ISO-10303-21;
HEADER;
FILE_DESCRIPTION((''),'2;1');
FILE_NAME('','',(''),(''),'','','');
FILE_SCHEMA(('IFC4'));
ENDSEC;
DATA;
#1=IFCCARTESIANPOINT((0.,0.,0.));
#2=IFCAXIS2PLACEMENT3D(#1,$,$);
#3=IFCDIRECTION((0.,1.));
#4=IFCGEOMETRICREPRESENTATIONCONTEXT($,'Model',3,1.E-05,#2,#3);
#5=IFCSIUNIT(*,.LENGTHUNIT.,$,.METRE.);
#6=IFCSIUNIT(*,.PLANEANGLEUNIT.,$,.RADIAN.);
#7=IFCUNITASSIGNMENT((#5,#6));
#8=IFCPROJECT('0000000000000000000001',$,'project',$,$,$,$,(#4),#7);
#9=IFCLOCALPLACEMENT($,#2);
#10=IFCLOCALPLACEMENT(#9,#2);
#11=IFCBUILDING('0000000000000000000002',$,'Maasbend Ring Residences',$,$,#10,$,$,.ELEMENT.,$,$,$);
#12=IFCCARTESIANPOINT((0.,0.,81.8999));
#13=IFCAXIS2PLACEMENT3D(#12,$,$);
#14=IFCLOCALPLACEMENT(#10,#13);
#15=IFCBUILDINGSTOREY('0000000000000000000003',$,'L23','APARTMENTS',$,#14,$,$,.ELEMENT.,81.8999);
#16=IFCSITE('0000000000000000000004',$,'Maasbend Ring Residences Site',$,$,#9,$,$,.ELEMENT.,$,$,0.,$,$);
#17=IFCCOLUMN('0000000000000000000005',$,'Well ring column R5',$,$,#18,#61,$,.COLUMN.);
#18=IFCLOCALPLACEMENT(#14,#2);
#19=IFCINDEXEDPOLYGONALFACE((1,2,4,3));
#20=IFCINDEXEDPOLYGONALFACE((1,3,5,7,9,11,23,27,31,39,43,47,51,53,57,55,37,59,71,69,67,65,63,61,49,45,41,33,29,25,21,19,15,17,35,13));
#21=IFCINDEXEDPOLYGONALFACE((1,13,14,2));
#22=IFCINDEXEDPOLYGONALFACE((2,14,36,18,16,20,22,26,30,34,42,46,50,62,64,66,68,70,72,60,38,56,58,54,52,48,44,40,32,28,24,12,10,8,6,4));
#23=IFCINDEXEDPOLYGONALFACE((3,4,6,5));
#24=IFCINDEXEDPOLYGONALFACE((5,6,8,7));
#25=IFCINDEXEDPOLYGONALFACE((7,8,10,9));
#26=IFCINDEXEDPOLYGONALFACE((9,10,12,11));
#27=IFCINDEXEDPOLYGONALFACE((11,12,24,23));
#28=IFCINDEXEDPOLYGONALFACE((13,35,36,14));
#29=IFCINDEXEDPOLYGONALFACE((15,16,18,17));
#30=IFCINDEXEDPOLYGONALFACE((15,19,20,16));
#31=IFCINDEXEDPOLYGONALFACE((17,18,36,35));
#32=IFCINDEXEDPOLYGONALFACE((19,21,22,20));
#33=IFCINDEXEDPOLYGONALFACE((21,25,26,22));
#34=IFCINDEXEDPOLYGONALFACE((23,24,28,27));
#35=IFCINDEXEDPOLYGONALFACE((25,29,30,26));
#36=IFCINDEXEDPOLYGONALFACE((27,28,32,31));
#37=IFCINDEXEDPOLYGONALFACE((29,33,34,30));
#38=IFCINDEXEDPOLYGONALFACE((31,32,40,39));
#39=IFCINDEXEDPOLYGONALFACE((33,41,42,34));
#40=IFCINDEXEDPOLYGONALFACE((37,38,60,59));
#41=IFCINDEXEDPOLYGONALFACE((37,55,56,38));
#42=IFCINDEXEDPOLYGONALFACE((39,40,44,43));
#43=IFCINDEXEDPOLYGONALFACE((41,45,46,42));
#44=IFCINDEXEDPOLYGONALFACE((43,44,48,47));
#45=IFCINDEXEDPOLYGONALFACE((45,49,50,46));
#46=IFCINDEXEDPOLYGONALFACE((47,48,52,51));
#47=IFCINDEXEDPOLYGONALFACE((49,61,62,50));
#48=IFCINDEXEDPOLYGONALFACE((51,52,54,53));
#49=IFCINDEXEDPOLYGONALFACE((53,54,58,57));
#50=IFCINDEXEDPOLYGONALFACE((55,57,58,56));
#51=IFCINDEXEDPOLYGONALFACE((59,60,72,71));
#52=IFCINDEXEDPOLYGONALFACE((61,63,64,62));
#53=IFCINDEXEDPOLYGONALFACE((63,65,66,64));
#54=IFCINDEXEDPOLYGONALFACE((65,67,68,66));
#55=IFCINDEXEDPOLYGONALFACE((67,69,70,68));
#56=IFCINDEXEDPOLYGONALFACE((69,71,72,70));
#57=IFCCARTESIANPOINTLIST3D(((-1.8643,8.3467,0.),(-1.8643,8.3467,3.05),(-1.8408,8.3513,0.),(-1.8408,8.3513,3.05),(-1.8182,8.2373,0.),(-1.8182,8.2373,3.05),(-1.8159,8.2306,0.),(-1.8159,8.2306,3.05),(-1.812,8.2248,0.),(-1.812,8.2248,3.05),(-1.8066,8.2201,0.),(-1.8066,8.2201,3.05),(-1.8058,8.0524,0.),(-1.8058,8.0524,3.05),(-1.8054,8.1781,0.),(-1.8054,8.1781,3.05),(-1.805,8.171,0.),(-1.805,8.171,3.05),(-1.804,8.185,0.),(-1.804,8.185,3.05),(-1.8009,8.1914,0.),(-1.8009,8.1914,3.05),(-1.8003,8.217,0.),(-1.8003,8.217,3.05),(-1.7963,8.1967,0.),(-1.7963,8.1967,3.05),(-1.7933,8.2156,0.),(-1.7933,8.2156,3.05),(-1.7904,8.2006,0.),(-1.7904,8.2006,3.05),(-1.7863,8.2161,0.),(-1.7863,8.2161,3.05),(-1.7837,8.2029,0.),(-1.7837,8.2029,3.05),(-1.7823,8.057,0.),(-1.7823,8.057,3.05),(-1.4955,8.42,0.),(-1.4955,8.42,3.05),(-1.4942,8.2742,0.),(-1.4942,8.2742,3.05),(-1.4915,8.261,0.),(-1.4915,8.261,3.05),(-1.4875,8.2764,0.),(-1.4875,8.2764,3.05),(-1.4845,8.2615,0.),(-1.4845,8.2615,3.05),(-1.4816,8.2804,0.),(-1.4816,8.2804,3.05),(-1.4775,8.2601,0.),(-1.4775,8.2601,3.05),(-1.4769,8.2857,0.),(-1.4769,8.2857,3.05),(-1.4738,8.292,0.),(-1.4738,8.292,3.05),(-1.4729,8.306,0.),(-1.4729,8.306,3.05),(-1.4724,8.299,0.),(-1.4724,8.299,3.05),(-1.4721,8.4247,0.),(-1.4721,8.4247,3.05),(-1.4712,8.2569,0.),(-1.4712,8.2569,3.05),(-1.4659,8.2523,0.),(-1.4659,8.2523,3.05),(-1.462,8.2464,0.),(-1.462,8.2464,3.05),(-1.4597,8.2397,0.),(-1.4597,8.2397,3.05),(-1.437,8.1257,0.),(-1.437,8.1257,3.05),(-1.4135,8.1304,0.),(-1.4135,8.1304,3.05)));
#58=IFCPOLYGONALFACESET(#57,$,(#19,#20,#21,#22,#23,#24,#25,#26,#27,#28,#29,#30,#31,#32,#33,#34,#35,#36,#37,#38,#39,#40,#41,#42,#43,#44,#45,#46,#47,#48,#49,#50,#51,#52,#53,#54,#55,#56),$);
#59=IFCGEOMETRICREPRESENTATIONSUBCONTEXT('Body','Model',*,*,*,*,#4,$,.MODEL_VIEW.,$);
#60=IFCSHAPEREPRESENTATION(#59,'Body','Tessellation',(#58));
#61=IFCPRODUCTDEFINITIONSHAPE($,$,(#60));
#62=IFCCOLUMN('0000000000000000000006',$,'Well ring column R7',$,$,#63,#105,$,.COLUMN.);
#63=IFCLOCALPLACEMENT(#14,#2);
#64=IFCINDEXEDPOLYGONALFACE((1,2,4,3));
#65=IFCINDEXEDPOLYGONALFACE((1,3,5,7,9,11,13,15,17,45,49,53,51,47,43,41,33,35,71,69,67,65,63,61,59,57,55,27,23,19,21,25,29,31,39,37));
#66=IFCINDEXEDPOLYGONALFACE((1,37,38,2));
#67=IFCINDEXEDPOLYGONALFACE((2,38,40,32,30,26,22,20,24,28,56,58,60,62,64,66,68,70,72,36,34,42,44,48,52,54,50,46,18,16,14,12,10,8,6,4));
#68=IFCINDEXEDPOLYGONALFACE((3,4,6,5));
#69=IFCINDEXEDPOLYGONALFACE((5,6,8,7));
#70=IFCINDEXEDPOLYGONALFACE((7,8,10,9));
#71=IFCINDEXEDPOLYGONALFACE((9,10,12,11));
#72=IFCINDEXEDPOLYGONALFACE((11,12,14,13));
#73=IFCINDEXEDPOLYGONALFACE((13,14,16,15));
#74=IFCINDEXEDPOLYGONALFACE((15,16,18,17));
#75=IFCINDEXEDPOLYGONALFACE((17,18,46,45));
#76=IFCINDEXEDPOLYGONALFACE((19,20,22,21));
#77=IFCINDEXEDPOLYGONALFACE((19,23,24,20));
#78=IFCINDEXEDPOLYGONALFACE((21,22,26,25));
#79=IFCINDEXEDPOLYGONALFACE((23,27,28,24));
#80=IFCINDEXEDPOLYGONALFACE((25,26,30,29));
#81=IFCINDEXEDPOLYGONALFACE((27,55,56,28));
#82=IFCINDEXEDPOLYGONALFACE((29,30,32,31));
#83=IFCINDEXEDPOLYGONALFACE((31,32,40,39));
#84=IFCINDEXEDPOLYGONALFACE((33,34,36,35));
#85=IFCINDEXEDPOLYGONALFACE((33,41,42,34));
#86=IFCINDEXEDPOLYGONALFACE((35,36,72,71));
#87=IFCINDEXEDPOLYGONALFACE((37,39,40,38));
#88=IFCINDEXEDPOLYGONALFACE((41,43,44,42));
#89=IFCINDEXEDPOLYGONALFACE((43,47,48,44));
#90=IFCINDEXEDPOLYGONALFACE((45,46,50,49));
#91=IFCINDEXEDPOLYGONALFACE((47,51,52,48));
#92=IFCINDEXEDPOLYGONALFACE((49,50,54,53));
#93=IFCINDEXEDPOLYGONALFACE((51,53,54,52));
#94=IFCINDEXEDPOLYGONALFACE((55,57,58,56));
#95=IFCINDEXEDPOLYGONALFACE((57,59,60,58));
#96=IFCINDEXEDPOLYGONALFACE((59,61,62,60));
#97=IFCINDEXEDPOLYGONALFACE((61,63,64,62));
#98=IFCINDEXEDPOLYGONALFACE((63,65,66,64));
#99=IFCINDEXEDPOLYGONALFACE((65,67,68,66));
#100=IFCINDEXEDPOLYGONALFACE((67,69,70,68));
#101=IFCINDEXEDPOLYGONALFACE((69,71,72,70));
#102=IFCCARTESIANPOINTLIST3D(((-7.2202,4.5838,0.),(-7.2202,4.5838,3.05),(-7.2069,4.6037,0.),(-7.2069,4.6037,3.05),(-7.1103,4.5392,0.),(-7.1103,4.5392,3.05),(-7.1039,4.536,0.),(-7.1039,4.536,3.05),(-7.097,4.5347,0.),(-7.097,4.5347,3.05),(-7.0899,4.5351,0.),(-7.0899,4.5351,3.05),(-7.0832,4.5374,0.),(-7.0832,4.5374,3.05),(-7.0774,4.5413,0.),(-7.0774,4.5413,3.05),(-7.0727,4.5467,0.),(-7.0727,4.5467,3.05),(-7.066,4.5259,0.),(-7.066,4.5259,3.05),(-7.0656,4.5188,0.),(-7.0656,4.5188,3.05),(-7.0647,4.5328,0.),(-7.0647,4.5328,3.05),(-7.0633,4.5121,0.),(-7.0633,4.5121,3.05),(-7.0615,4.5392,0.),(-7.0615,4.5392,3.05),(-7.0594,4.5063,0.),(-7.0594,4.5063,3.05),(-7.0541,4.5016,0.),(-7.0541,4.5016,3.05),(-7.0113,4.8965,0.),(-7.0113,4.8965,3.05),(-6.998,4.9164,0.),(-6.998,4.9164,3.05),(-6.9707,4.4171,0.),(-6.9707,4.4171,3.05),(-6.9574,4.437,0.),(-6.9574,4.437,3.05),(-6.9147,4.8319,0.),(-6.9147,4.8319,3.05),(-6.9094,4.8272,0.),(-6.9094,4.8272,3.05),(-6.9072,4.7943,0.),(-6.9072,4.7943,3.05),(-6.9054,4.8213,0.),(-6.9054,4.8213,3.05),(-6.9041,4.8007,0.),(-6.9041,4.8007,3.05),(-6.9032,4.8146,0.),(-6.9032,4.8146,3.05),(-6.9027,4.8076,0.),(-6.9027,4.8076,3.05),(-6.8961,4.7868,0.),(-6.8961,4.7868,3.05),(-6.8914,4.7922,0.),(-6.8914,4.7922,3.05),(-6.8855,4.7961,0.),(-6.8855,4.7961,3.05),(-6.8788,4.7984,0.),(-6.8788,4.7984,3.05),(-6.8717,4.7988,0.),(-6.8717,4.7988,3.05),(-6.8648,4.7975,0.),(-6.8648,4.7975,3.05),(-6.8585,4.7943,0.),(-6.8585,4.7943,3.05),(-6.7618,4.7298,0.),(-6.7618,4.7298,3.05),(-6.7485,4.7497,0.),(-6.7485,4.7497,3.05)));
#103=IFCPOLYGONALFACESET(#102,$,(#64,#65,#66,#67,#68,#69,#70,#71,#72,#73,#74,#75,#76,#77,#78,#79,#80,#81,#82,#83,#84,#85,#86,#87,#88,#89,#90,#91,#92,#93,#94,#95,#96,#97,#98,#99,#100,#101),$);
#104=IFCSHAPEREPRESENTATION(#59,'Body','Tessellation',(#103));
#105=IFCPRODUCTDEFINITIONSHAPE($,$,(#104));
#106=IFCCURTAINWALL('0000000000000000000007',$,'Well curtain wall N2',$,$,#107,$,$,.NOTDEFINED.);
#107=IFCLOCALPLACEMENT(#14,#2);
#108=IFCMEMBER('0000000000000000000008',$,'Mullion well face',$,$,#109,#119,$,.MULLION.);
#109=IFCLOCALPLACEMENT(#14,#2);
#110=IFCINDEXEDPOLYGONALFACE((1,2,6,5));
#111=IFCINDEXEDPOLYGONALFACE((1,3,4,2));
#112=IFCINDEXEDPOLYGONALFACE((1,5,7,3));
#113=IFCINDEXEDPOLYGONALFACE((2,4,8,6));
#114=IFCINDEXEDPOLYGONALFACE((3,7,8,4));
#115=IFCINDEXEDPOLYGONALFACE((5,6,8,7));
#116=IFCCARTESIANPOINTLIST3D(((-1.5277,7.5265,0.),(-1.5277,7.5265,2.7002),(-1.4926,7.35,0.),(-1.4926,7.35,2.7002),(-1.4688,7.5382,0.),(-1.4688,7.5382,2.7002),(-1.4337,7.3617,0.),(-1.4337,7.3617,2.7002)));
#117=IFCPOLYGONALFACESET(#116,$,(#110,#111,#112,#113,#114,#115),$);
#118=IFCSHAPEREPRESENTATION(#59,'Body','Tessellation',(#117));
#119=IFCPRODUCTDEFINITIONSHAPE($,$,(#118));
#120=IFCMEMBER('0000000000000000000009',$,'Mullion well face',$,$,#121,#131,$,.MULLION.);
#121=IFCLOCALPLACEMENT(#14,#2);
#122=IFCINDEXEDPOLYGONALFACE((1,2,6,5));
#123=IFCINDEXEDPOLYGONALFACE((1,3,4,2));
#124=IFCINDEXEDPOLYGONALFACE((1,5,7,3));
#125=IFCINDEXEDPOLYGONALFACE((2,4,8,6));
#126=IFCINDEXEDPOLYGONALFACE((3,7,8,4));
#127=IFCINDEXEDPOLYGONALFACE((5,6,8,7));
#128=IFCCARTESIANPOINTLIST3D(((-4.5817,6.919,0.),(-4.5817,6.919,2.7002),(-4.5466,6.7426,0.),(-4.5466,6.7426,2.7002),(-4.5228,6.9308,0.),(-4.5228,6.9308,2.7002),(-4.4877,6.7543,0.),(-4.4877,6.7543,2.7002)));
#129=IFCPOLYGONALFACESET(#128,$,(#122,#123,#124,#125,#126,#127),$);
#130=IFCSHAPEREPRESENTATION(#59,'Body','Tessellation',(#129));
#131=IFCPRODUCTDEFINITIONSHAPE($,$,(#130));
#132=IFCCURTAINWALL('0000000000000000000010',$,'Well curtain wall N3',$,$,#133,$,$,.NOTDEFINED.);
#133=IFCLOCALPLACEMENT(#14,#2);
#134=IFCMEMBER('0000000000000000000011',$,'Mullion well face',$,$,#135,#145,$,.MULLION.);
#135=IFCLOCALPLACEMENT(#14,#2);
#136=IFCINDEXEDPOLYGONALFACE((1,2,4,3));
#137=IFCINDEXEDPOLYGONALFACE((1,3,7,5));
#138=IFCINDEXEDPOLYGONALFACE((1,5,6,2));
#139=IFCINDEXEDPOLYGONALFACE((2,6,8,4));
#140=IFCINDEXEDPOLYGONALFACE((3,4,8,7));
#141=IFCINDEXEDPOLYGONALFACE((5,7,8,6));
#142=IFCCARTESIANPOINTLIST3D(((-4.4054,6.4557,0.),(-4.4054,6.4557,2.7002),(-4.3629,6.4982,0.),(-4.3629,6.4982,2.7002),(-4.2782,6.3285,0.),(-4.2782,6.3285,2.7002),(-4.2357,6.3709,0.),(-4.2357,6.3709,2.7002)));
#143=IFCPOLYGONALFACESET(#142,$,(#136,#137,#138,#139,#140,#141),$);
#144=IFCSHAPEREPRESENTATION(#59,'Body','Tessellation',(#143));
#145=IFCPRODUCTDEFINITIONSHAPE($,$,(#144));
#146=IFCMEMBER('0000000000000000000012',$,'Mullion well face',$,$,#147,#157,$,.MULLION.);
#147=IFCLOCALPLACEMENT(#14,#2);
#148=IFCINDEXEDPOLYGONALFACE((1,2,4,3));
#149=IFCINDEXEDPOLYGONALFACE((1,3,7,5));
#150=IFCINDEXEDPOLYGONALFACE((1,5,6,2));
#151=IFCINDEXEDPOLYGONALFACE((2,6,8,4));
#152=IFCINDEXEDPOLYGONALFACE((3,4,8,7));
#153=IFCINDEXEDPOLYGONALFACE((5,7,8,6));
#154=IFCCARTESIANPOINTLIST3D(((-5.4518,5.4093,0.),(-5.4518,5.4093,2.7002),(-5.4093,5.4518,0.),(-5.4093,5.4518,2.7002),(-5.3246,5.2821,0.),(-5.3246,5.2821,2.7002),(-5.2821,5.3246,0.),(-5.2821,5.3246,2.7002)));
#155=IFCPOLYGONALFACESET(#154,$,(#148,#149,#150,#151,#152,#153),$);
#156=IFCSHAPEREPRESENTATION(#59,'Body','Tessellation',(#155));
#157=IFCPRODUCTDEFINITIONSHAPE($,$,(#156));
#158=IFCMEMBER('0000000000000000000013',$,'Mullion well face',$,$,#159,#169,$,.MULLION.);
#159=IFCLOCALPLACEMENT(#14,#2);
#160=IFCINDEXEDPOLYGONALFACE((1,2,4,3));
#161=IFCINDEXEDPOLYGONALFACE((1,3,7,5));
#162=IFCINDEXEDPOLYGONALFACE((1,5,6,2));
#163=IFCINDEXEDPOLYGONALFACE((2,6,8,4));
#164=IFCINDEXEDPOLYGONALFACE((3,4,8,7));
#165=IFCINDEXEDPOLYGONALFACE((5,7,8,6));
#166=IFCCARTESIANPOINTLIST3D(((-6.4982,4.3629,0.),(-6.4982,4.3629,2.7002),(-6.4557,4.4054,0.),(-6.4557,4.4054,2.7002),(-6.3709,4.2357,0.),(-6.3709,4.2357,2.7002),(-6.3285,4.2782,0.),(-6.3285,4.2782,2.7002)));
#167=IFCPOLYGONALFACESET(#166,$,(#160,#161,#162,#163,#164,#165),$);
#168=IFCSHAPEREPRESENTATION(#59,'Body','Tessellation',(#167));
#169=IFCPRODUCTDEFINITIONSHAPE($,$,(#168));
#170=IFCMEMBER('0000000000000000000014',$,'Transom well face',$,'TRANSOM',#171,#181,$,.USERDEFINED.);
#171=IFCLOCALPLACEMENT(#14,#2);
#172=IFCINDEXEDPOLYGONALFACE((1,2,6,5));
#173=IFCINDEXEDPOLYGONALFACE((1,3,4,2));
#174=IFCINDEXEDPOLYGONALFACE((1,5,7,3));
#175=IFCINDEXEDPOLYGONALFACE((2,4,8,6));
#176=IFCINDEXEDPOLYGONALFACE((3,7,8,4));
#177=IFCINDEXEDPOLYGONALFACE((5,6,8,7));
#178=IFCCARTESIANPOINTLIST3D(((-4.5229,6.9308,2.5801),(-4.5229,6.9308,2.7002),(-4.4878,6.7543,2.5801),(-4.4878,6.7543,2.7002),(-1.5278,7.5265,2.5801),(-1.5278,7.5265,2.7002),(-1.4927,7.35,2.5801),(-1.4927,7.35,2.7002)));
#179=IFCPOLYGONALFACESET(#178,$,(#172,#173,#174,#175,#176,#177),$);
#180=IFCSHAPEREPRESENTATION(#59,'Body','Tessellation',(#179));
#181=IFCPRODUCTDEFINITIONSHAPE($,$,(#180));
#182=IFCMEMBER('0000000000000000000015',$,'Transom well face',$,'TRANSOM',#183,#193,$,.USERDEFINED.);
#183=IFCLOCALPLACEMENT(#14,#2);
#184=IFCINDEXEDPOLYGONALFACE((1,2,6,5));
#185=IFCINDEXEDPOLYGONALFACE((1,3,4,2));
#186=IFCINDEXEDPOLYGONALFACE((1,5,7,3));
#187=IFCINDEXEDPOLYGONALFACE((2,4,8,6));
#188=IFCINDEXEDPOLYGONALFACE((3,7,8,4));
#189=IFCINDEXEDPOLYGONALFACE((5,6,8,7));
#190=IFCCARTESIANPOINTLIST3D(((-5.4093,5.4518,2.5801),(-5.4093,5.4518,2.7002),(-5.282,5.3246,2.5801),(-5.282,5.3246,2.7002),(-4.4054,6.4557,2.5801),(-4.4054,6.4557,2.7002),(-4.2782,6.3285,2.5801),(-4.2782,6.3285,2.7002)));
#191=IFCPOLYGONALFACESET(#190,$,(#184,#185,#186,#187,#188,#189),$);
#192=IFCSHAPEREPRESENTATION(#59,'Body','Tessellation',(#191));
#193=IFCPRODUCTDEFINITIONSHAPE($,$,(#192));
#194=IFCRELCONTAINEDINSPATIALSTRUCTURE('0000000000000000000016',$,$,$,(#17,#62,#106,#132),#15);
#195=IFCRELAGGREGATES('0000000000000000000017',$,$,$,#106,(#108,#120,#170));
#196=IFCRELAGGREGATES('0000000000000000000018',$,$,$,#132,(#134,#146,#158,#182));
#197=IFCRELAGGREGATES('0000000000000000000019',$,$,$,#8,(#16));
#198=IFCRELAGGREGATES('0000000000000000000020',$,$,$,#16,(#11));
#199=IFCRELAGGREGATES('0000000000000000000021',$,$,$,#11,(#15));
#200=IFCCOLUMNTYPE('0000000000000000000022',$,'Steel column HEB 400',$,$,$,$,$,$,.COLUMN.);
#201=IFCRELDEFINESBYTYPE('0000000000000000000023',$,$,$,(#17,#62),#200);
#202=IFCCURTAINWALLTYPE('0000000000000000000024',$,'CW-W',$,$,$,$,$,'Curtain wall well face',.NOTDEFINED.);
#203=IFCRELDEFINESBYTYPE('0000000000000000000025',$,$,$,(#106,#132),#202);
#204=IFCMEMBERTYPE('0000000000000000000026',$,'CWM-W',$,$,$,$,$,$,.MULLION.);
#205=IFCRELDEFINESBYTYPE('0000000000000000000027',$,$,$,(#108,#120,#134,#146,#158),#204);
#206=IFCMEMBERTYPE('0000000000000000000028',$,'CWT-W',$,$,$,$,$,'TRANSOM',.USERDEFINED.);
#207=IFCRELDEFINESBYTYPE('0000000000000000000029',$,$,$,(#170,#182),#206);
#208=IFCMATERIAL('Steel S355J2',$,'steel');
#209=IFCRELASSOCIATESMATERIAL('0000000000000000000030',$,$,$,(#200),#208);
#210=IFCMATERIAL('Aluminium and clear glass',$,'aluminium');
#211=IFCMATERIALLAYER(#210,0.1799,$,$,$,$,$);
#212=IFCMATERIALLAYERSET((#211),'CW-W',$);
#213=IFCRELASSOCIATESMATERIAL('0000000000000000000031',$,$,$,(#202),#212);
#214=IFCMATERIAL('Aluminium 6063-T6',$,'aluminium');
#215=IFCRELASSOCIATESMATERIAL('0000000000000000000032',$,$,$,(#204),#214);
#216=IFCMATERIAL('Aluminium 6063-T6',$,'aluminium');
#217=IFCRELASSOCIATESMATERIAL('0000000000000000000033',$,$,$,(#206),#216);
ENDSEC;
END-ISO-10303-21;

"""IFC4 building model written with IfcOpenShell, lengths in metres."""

from ifc_helpers import new_model, si_unit, direction, frame, origin, origin_2d, place, context, subcontext, project, spatial, rectangle, i_section, extrude, material, layer, layer_set, material_profile, profile_set, type_object, element, aggregate, save


model = new_model("IFC4")

# Units and contexts
model_context = context("Model", 3, precision=1e-05, world=origin(), true_north=direction((0.0, 1.0)))
body_context = subcontext(model_context, "Body", "Model", "MODEL_VIEW")
ifc_project = project(units=[si_unit("LENGTHUNIT", "METRE"), si_unit("PLANEANGLEUNIT", "RADIAN")], contexts=[model_context])

# Site, building, storey
site_placement = place(None, origin())
site = spatial("IfcSite", under=ifc_project, at=site_placement, Name="Maasbend Ring Residences Site", CompositionType="ELEMENT", RefElevation=0.0)
building_placement = place(site_placement, origin())
building = spatial("IfcBuilding", under=site, at=building_placement, Name="Maasbend Ring Residences", CompositionType="ELEMENT")
storey_placement = place(building_placement, frame((0.0, 0.0, 81.8999)))
storey = spatial("IfcBuildingStorey", under=building, at=storey_placement, Name="L23", Description="APARTMENTS", CompositionType="ELEMENT", Elevation=81.8999)

# Columns
ifc_material_1 = material(Name="Steel S355J2", Category="steel")
ifc_material_profile_1 = material_profile(ifc_material_1, i_section(OverallWidth=0.3, OverallDepth=0.3999, WebThickness=0.0134, FlangeThickness=0.0239, FilletRadius=0.0271, at=origin_2d()), Name="HEB 400")
ifc_profile_set_1 = profile_set([ifc_material_profile_1], Name="Steel S355J2")
column_type = type_object("IfcColumnType", Name="Steel column HEB 400", PredefinedType="COLUMN", material=ifc_profile_set_1)
for number, where, z_axis, x_axis, name in (
    (1, (-1.6389, 8.2385, 0.0), (0.0, 0.0, 1.0), (-0.19509, 0.980785, 0.0), "Well ring column R5"),
    (2, (-6.9844, 4.6667, 0.0), (0.0, 0.0, 1.0), (-0.83147, 0.55557, 0.0), "Well ring column R7"),
):
    element("IfcColumn", number, at=place(storey_placement, frame(where, z_axis=z_axis, x_axis=x_axis)), inside=storey, type_object=column_type, Name=name, PredefinedType="COLUMN", context=body_context, shape_type="SweptSolid", body=[
        extrude(i_section(OverallWidth=0.3, OverallDepth=0.3999, WebThickness=0.0134, FlangeThickness=0.0239, FilletRadius=0.0271, at=origin_2d()), origin(), (0.0, 0.0, 1.0), 3.05),
    ])

# Curtain walls, members
ifc_material_2 = material(Name="Aluminium and clear glass", Category="aluminium")
ifc_layer_1 = layer(ifc_material_2, 0.1799)
ifc_layer_set_1 = layer_set([ifc_layer_1], Name="CW-W")
curtain_wall_type = type_object("IfcCurtainWallType", Name="CW-W", ElementType="Curtain wall well face", PredefinedType="NOTDEFINED", material=ifc_layer_set_1)
curtain_wall_1_placement = place(storey_placement, origin())
curtain_wall_1 = element("IfcCurtainWall", 3, at=curtain_wall_1_placement, inside=storey, type_object=curtain_wall_type, Name="Well curtain wall N2", PredefinedType="NOTDEFINED")
ifc_material_3 = material(Name="Aluminium 6063-T6", Category="aluminium")
ifc_material_profile_2 = material_profile(ifc_material_3, rectangle(XDim=0.1799, YDim=0.0601, at=origin_2d()), Name="AL 180x60")
ifc_profile_set_2 = profile_set([ifc_material_profile_2], Name="Aluminium 6063-T6")
member_type_1 = type_object("IfcMemberType", Name="CWM-W", PredefinedType="MULLION", material=ifc_profile_set_2)
member_1_placement = place(storey_placement, frame((-1.4807, 7.4441, 0.0), z_axis=(0.0, 0.0, 1.0), x_axis=(0.19509, -0.980785, 0.0)))
member_1 = element("IfcMember", 4, at=member_1_placement, type_object=member_type_1, Name="Mullion well face", PredefinedType="MULLION", context=body_context, shape_type="SweptSolid", body=[
    extrude(rectangle(XDim=0.1799, YDim=0.0601, at=origin_2d()), origin(), (0.0, 0.0, 1.0), 2.7002),
])
member_2_placement = place(storey_placement, frame((-4.5347, 6.8367, 0.0), z_axis=(0.0, 0.0, 1.0), x_axis=(0.19509, -0.980785, 0.0)))
member_2 = element("IfcMember", 5, at=member_2_placement, type_object=member_type_1, Name="Mullion well face", PredefinedType="MULLION", context=body_context, shape_type="SweptSolid", body=[
    extrude(rectangle(XDim=0.1799, YDim=0.0601, at=origin_2d()), origin(), (0.0, 0.0, 1.0), 2.7002),
])
curtain_wall_2_placement = place(storey_placement, origin())
curtain_wall_2 = element("IfcCurtainWall", 6, at=curtain_wall_2_placement, inside=storey, type_object=curtain_wall_type, Name="Well curtain wall N3", PredefinedType="NOTDEFINED")
member_3_placement = place(storey_placement, frame((-4.3206, 6.4133, 0.0), z_axis=(0.0, 0.0, 1.0), x_axis=(0.707107, -0.707107, 0.0)))
member_3 = element("IfcMember", 7, at=member_3_placement, type_object=member_type_1, Name="Mullion well face", PredefinedType="MULLION", context=body_context, shape_type="SweptSolid", body=[
    extrude(rectangle(XDim=0.1799, YDim=0.0601, at=origin_2d()), origin(), (0.0, 0.0, 1.0), 2.7002),
])
member_4_placement = place(storey_placement, frame((-5.3669, 5.3669, 0.0), z_axis=(0.0, 0.0, 1.0), x_axis=(0.707107, -0.707107, 0.0)))
member_4 = element("IfcMember", 8, at=member_4_placement, type_object=member_type_1, Name="Mullion well face", PredefinedType="MULLION", context=body_context, shape_type="SweptSolid", body=[
    extrude(rectangle(XDim=0.1799, YDim=0.0601, at=origin_2d()), origin(), (0.0, 0.0, 1.0), 2.7002),
])
member_5_placement = place(storey_placement, frame((-6.4133, 4.3206, 0.0), z_axis=(0.0, 0.0, 1.0), x_axis=(0.707107, -0.707107, 0.0)))
member_5 = element("IfcMember", 9, at=member_5_placement, type_object=member_type_1, Name="Mullion well face", PredefinedType="MULLION", context=body_context, shape_type="SweptSolid", body=[
    extrude(rectangle(XDim=0.1799, YDim=0.0601, at=origin_2d()), origin(), (0.0, 0.0, 1.0), 2.7002),
])

# Members
ifc_material_4 = material(Name="Aluminium 6063-T6", Category="aluminium")
ifc_material_profile_3 = material_profile(ifc_material_4, rectangle(XDim=0.1799, YDim=0.1201, at=origin_2d()), Name="AL 180x120")
ifc_profile_set_3 = profile_set([ifc_material_profile_3], Name="Aluminium 6063-T6")
member_type_2 = type_object("IfcMemberType", Name="CWT-W", ElementType="TRANSOM", PredefinedType="USERDEFINED", material=ifc_profile_set_3)
member_6_placement = place(storey_placement, frame((-1.5103, 7.4382, 2.6401), z_axis=(-0.980789, -0.195071, 0.0), x_axis=(0.195071, -0.980789, 0.0)))
member_6 = element("IfcMember", 10, at=member_6_placement, type_object=member_type_2, Name="Transom well face", ObjectType="TRANSOM", PredefinedType="USERDEFINED", context=body_context, shape_type="SweptSolid", body=[
    extrude(rectangle(XDim=0.1799, YDim=0.1201, at=origin_2d()), origin(), (0.0, 0.0, 1.0), 3.0537),
])
member_7_placement = place(storey_placement, frame((-4.3418, 6.3921, 2.6401), z_axis=(-0.707107, -0.707107, 0.0), x_axis=(0.707107, -0.707107, 0.0)))
member_7 = element("IfcMember", 11, at=member_7_placement, type_object=member_type_2, Name="Transom well face", ObjectType="TRANSOM", PredefinedType="USERDEFINED", context=body_context, shape_type="SweptSolid", body=[
    extrude(rectangle(XDim=0.1799, YDim=0.1201, at=origin_2d()), origin(), (0.0, 0.0, 1.0), 1.4197),
])

aggregate(curtain_wall_1, [member_1, member_2, member_6])
aggregate(curtain_wall_2, [member_3, member_4, member_5, member_7])

save(model, "model.ifc")
